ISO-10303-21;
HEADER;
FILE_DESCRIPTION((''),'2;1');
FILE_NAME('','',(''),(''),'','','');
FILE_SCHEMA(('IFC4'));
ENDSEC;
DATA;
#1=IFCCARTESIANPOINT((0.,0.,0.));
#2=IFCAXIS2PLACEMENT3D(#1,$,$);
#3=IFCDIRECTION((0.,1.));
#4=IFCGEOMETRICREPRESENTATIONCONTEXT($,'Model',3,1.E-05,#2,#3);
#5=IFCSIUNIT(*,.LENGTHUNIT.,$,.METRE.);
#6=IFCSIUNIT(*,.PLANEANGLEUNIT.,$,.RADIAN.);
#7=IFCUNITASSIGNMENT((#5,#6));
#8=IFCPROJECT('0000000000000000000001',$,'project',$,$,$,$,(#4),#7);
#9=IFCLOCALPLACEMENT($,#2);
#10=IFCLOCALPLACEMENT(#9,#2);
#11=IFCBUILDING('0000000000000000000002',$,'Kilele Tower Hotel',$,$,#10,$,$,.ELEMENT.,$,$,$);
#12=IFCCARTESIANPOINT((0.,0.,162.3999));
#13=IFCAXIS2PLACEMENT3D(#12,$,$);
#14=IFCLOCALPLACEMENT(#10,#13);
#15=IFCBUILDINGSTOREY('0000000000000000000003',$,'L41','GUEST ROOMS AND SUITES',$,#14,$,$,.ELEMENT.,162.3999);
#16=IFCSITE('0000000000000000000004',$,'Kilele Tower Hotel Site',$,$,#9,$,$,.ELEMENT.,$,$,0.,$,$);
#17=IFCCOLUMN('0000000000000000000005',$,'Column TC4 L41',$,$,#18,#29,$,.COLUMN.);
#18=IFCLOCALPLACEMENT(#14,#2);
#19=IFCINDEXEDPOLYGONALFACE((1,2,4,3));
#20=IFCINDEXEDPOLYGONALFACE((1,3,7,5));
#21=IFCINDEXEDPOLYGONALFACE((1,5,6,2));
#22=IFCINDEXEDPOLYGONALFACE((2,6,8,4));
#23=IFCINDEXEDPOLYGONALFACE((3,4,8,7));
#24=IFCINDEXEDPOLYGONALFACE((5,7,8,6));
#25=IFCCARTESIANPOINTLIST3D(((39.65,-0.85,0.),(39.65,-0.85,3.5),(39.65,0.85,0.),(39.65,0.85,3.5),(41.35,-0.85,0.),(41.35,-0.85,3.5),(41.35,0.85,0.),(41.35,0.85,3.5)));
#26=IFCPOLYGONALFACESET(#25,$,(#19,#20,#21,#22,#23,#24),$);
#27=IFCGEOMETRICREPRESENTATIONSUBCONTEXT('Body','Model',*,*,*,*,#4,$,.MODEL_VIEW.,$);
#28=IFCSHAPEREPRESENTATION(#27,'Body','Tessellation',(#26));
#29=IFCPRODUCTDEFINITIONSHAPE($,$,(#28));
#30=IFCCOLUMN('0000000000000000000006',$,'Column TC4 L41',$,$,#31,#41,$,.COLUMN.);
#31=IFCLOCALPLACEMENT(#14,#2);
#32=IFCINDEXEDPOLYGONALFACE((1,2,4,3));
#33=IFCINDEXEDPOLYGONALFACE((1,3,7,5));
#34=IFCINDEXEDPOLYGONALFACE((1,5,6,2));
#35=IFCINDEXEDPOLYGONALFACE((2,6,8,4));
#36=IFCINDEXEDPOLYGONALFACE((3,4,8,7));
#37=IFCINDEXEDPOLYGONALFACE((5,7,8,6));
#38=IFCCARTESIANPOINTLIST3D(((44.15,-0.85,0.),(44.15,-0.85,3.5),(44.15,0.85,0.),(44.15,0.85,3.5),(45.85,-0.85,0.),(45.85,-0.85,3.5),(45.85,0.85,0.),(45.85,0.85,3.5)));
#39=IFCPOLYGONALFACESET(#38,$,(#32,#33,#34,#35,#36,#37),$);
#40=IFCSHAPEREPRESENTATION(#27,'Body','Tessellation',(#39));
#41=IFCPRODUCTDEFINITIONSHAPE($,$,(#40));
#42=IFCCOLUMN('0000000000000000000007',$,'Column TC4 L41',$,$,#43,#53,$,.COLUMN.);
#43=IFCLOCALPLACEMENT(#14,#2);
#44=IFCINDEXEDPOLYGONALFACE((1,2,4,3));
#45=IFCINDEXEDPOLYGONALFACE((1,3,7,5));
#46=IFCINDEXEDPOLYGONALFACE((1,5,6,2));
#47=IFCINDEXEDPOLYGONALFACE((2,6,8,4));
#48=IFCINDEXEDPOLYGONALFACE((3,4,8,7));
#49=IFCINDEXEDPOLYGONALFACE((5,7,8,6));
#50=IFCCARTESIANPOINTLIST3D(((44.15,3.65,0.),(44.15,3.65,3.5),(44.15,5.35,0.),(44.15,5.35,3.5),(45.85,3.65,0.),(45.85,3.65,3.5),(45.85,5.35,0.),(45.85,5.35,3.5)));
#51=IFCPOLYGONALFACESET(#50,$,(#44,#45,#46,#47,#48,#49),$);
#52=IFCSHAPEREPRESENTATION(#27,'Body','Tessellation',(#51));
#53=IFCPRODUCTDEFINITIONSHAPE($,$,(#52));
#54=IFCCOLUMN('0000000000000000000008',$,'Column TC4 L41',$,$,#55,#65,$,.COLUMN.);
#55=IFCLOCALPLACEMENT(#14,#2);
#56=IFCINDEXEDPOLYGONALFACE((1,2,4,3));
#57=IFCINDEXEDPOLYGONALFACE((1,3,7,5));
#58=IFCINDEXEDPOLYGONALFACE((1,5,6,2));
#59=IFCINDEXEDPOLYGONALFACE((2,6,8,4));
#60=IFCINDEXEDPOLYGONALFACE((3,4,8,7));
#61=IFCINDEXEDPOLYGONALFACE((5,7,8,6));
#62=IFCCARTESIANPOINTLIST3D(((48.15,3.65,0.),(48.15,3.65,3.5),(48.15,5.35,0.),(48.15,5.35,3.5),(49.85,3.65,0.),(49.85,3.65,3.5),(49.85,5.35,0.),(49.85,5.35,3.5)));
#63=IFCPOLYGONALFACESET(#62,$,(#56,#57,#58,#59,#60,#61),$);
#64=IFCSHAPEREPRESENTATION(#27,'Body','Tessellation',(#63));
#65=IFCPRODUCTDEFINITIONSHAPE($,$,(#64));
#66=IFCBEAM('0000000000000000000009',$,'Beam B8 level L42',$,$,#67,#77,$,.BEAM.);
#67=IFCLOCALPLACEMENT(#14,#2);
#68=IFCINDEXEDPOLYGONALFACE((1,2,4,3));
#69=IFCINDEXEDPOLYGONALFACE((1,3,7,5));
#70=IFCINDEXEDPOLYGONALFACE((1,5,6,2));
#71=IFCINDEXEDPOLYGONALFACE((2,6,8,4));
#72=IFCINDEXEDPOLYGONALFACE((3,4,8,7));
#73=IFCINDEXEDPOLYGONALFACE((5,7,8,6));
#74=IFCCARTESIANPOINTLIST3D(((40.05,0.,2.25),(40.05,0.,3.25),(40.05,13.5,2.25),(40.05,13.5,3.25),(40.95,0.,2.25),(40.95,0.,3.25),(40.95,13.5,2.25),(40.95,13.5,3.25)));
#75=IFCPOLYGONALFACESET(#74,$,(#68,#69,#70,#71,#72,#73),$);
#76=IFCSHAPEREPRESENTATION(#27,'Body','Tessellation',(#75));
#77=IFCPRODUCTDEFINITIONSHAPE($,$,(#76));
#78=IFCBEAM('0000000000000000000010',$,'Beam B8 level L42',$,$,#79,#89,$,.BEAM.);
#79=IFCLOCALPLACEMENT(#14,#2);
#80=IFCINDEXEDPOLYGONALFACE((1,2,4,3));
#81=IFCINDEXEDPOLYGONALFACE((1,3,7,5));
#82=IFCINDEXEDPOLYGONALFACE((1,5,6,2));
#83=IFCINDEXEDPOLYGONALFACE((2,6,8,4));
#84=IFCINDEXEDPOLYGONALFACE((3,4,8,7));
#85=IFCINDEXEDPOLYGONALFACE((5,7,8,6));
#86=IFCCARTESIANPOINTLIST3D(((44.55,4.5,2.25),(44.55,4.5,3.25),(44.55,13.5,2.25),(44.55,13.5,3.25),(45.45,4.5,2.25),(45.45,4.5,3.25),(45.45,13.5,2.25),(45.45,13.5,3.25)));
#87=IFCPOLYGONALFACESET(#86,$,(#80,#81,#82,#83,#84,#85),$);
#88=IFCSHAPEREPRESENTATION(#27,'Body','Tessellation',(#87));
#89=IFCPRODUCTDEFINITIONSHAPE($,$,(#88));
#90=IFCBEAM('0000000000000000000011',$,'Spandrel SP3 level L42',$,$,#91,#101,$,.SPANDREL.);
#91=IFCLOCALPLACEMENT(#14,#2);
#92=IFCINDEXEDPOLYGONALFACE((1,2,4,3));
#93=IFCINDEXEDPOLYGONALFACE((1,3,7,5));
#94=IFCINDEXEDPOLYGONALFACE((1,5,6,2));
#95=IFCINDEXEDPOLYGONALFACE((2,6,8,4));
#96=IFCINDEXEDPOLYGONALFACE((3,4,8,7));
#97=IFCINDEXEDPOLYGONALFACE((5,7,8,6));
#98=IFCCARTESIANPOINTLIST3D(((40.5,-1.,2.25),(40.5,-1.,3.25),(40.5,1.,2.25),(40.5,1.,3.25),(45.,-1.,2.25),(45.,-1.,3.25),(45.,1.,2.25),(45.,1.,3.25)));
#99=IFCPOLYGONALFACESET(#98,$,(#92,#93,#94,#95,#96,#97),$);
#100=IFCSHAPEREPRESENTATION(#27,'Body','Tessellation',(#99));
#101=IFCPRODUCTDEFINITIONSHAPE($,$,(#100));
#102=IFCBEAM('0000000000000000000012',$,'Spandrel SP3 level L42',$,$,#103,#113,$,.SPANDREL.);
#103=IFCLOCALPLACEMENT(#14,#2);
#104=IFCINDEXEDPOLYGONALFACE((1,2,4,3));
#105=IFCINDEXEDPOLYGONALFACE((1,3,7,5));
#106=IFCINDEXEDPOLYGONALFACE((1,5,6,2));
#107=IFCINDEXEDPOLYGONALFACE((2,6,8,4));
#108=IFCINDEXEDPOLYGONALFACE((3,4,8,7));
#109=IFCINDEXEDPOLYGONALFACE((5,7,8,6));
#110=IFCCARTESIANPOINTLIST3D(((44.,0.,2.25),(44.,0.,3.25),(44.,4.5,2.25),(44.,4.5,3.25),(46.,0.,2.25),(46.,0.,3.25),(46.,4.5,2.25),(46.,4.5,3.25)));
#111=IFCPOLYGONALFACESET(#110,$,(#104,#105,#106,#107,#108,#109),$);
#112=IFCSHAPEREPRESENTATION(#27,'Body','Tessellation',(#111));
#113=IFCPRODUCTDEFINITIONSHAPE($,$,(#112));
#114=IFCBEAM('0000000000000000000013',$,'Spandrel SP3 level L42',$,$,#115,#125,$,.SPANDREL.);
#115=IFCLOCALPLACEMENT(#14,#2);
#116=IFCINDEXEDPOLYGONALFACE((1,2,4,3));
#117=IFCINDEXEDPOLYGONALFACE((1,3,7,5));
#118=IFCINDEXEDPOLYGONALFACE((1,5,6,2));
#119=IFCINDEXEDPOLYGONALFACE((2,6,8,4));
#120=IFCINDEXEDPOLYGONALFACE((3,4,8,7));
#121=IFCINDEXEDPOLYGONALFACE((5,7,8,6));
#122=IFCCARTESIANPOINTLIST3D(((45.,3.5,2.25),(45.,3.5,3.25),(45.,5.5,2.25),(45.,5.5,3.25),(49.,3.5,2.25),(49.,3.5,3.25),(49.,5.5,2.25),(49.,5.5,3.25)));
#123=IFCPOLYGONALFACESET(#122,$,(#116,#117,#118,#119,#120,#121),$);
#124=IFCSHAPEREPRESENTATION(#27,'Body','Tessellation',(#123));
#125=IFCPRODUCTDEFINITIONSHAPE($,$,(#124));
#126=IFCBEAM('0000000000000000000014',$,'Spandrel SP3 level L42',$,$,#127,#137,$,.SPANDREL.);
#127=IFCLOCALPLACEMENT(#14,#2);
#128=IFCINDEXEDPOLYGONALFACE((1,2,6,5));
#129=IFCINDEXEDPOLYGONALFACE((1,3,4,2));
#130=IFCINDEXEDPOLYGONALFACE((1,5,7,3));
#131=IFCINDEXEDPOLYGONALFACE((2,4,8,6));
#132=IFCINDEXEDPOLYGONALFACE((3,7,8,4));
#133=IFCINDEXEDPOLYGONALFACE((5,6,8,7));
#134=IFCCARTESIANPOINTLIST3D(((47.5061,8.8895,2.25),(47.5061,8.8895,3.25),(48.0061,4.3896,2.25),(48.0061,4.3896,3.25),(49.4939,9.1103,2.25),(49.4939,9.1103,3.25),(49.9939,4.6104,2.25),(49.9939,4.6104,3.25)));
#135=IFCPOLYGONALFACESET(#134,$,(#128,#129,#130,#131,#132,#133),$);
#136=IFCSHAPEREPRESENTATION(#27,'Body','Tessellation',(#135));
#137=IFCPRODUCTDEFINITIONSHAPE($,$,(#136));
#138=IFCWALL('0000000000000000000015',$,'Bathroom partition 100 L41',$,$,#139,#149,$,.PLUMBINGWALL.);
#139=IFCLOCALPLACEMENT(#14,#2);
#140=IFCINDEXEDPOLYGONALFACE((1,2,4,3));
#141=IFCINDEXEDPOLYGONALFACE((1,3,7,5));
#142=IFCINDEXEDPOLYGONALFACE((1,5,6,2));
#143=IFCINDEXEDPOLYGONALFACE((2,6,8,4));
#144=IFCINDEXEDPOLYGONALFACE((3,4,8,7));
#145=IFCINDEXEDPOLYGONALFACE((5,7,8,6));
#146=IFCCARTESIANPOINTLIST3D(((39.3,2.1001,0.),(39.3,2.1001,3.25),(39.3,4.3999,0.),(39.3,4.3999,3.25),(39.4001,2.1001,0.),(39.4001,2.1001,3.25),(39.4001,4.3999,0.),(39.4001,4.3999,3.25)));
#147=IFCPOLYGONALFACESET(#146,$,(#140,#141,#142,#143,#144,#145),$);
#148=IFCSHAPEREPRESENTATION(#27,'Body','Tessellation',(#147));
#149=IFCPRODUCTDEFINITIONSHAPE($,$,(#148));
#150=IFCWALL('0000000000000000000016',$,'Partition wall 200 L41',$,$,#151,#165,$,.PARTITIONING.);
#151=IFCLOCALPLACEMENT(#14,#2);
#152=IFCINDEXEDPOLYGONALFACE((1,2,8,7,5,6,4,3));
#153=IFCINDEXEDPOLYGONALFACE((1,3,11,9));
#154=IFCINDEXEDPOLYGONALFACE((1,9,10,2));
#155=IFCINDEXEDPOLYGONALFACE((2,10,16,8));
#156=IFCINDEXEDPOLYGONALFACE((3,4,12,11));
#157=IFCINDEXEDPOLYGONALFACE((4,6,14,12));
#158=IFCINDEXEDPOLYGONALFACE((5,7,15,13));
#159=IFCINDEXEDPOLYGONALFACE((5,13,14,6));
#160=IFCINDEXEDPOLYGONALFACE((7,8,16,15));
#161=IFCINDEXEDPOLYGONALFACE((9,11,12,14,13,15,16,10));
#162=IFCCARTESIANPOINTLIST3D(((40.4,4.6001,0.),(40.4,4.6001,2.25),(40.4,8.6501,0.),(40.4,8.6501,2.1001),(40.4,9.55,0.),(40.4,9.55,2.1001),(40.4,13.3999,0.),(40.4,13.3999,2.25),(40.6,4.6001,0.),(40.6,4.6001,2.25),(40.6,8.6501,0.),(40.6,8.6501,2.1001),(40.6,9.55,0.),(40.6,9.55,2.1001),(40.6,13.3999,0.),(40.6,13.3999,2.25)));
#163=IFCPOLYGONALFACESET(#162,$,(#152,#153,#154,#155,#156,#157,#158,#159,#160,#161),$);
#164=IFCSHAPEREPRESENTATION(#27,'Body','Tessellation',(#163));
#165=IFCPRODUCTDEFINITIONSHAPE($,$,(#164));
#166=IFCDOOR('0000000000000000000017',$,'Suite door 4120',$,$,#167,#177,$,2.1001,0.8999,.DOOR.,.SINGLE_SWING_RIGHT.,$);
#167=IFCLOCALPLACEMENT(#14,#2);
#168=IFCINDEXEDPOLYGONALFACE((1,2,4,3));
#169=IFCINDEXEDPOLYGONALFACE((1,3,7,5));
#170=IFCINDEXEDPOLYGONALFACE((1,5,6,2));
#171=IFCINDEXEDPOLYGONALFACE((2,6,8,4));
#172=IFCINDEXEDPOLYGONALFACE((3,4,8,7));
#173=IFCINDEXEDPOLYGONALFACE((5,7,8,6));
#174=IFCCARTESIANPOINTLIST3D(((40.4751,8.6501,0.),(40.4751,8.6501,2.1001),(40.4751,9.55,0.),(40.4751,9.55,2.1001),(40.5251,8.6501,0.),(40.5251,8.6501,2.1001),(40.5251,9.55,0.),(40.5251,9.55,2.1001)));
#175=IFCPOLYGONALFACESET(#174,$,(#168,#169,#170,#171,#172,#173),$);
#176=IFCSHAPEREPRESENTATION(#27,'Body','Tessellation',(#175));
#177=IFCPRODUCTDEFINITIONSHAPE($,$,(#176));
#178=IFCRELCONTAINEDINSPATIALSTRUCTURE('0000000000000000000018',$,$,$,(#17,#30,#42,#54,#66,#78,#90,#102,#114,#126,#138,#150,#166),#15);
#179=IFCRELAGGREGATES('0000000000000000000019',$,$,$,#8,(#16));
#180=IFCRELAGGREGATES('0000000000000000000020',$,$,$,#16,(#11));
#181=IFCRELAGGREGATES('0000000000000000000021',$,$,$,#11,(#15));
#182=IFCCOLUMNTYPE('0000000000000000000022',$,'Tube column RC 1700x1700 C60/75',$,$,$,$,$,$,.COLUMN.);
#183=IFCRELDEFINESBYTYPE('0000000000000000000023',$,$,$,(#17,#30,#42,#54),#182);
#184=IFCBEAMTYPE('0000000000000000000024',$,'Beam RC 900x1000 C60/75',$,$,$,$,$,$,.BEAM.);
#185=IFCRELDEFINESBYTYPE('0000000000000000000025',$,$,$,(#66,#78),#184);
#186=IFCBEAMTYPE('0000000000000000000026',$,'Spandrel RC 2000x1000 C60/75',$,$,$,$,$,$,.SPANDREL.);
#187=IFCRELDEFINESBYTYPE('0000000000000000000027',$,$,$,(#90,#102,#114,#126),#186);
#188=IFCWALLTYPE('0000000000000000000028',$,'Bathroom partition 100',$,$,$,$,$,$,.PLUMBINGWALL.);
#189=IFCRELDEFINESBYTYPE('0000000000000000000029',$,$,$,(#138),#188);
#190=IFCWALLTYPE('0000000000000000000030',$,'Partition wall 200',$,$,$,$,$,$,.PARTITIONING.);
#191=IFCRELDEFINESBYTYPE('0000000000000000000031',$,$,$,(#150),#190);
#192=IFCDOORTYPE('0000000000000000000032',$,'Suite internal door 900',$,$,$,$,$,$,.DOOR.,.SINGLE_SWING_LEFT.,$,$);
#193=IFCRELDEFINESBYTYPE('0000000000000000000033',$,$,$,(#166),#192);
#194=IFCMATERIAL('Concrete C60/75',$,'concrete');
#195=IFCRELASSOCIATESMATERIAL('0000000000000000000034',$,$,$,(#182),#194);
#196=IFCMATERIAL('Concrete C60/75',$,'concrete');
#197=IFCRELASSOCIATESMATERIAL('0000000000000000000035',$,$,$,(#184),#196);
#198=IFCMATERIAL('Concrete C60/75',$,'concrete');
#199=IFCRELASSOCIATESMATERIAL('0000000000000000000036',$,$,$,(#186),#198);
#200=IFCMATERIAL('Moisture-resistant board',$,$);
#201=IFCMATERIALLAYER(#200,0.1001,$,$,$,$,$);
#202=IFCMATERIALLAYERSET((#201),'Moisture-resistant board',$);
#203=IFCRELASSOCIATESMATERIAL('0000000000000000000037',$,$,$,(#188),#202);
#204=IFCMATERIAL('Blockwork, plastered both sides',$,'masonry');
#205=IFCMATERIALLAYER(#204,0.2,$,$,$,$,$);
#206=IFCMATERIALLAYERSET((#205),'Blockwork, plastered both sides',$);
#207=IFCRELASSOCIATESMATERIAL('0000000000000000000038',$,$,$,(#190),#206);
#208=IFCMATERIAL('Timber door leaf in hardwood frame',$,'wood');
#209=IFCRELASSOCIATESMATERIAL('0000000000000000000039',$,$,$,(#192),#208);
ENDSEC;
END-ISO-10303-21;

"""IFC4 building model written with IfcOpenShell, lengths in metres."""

from ifc_helpers import new_model, si_unit, direction, frame, frame_2d, origin, origin_2d, place, context, subcontext, project, spatial, rectangle, extrude, material, layer, layer_set, material_profile, profile_set, type_object, element, fill, save


model = new_model("IFC4")

# Units and contexts
model_context = context("Model", 3, precision=1e-05, world=origin(), true_north=direction((0.0, 1.0)))
body_context = subcontext(model_context, "Body", "Model", "MODEL_VIEW")
ifc_project = project(units=[si_unit("LENGTHUNIT", "METRE"), si_unit("PLANEANGLEUNIT", "RADIAN")], contexts=[model_context])

# Site, building, storey
site_placement = place(None, origin())
site = spatial("IfcSite", under=ifc_project, at=site_placement, Name="Kilele Tower Hotel Site", CompositionType="ELEMENT", RefElevation=0.0)
building_placement = place(site_placement, origin())
building = spatial("IfcBuilding", under=site, at=building_placement, Name="Kilele Tower Hotel", CompositionType="ELEMENT")
storey_placement = place(building_placement, frame((0.0, 0.0, 162.3999)))
storey = spatial("IfcBuildingStorey", under=building, at=storey_placement, Name="L41", Description="GUEST ROOMS AND SUITES", CompositionType="ELEMENT", Elevation=162.3999)

# Columns
ifc_material_1 = material(Name="Concrete C60/75", Category="concrete")
ifc_material_profile_1 = material_profile(ifc_material_1, rectangle(XDim=1.7, YDim=1.7, at=origin_2d()))
ifc_profile_set_1 = profile_set([ifc_material_profile_1], Name="Concrete C60/75")
column_type = type_object("IfcColumnType", Name="Tube column RC 1700x1700 C60/75", PredefinedType="COLUMN", material=ifc_profile_set_1)
for number, where, z_axis, x_axis, name in (
    (1, (40.5, 0.0, 0.0), (0.0, 0.0, 1.0), (1.0, 0.0, 0.0), "Column TC4 L41"),
    (2, (45.0, 0.0, 0.0), (0.0, 0.0, 1.0), (1.0, 0.0, 0.0), "Column TC4 L41"),
    (3, (45.0, 4.5, 0.0), (0.0, 0.0, 1.0), (1.0, 0.0, 0.0), "Column TC4 L41"),
    (4, (49.0, 4.5, 0.0), (0.0, 0.0, 1.0), (1.0, 0.0, 0.0), "Column TC4 L41"),
):
    element("IfcColumn", number, at=place(storey_placement, frame(where, z_axis=z_axis, x_axis=x_axis)), inside=storey, type_object=column_type, Name=name, PredefinedType="COLUMN", context=body_context, shape_type="SweptSolid", body=[
        extrude(rectangle(XDim=1.7, YDim=1.7, at=origin_2d()), origin(), (0.0, 0.0, 1.0), 3.5),
    ])

# Beams
ifc_material_2 = material(Name="Concrete C60/75", Category="concrete")
ifc_material_profile_2 = material_profile(ifc_material_2, rectangle(XDim=0.8999, YDim=1.0, at=origin_2d()))
ifc_profile_set_2 = profile_set([ifc_material_profile_2], Name="Concrete C60/75")
beam_type_1 = type_object("IfcBeamType", Name="Beam RC 900x1000 C60/75", PredefinedType="BEAM", material=ifc_profile_set_2)
beam_1_placement = place(storey_placement, frame((40.5, 0.0, 2.75), z_axis=(0.0, 1.0, 0.0), x_axis=(-1.0, 0.0, 0.0)))
element("IfcBeam", 5, at=beam_1_placement, inside=storey, type_object=beam_type_1, Name="Beam B8 level L42", PredefinedType="BEAM", context=body_context, shape_type="SweptSolid", body=[
    extrude(rectangle(XDim=0.8999, YDim=1.0, at=origin_2d()), origin(), (0.0, 0.0, 1.0), 13.5),
])
beam_2_placement = place(storey_placement, frame((45.0, 4.5, 2.75), z_axis=(0.0, 1.0, 0.0), x_axis=(-1.0, 0.0, 0.0)))
element("IfcBeam", 6, at=beam_2_placement, inside=storey, type_object=beam_type_1, Name="Beam B8 level L42", PredefinedType="BEAM", context=body_context, shape_type="SweptSolid", body=[
    extrude(rectangle(XDim=0.8999, YDim=1.0, at=origin_2d()), origin(), (0.0, 0.0, 1.0), 9.0),
])
ifc_material_3 = material(Name="Concrete C60/75", Category="concrete")
ifc_material_profile_3 = material_profile(ifc_material_3, rectangle(XDim=2.0, YDim=1.0, at=origin_2d()))
ifc_profile_set_3 = profile_set([ifc_material_profile_3], Name="Concrete C60/75")
beam_type_2 = type_object("IfcBeamType", Name="Spandrel RC 2000x1000 C60/75", PredefinedType="SPANDREL", material=ifc_profile_set_3)
for number, where, z_axis, x_axis, name in (
    (7, (40.5, 0.0, 2.75), (1.0, 0.0, 0.0), (0.0, 1.0, 0.0), "Spandrel SP3 level L42"),
    (8, (45.0, 0.0, 2.75), (0.0, 1.0, 0.0), (-1.0, 0.0, 0.0), "Spandrel SP3 level L42"),
):
    element("IfcBeam", number, at=place(storey_placement, frame(where, z_axis=z_axis, x_axis=x_axis)), inside=storey, type_object=beam_type_2, Name=name, PredefinedType="SPANDREL", context=body_context, shape_type="SweptSolid", body=[
        extrude(rectangle(XDim=2.0, YDim=1.0, at=origin_2d()), origin(), (0.0, 0.0, 1.0), 4.5),
    ])
beam_3_placement = place(storey_placement, frame((45.0, 4.5, 2.75), z_axis=(1.0, 0.0, 0.0), x_axis=(0.0, 1.0, 0.0)))
element("IfcBeam", 9, at=beam_3_placement, inside=storey, type_object=beam_type_2, Name="Spandrel SP3 level L42", PredefinedType="SPANDREL", context=body_context, shape_type="SweptSolid", body=[
    extrude(rectangle(XDim=2.0, YDim=1.0, at=origin_2d()), origin(), (0.0, 0.0, 1.0), 4.0),
])
beam_4_placement = place(storey_placement, frame((49.0, 4.5, 2.75), z_axis=(-0.110432, 0.993884, 0.0), x_axis=(-0.993884, -0.110432, 0.0)))
element("IfcBeam", 10, at=beam_4_placement, inside=storey, type_object=beam_type_2, Name="Spandrel SP3 level L42", PredefinedType="SPANDREL", context=body_context, shape_type="SweptSolid", body=[
    extrude(rectangle(XDim=2.0, YDim=1.0, at=origin_2d()), origin(), (0.0, 0.0, 1.0), 4.5276),
])

# Wall
ifc_material_4 = material(Name="Moisture-resistant board")
ifc_layer_1 = layer(ifc_material_4, 0.1001)
ifc_layer_set_1 = layer_set([ifc_layer_1], Name="Moisture-resistant board")
wall_type_1 = type_object("IfcWallType", Name="Bathroom partition 100", PredefinedType="PLUMBINGWALL", material=ifc_layer_set_1)
wall_1_placement = place(storey_placement, frame((39.3501, 4.3999, 0.0), z_axis=(0.0, 0.0, 1.0), x_axis=(0.0, -1.0, 0.0)))
element("IfcWall", 11, at=wall_1_placement, inside=storey, type_object=wall_type_1, Name="Bathroom partition 100 L41", PredefinedType="PLUMBINGWALL", context=body_context, shape_type="SweptSolid", body=[
    extrude(rectangle(XDim=2.2998, YDim=0.1001, at=frame_2d((1.1499, 0.0))), origin(), (0.0, 0.0, 1.0), 3.25),
])

# Wall, opening, door
ifc_material_5 = material(Name="Blockwork, plastered both sides", Category="masonry")
ifc_layer_2 = layer(ifc_material_5, 0.2)
ifc_layer_set_2 = layer_set([ifc_layer_2], Name="Blockwork, plastered both sides")
wall_type_2 = type_object("IfcWallType", Name="Partition wall 200", PredefinedType="PARTITIONING", material=ifc_layer_set_2)
wall_2_placement = place(storey_placement, frame((40.5, 4.6001, 0.0), z_axis=(0.0, 0.0, 1.0), x_axis=(0.0, 1.0, 0.0)))
wall_2 = element("IfcWall", 12, at=wall_2_placement, inside=storey, type_object=wall_type_2, Name="Partition wall 200 L41", PredefinedType="PARTITIONING", context=body_context, shape_type="SweptSolid", body=[
    extrude(rectangle(XDim=8.7998, YDim=0.2, at=frame_2d((4.3999, 0.0))), origin(), (0.0, 0.0, 1.0), 2.25),
])
opening_1_placement = place(wall_2_placement, frame((4.05, 0.0, 0.0)))
opening_1 = element("IfcOpeningElement", 13, at=opening_1_placement, cuts=wall_2, PredefinedType="OPENING", context=body_context, shape_type="SweptSolid", body=[
    extrude(rectangle(XDim=0.8999, YDim=2.1001, at=frame_2d((0.45, 1.05))), frame((0.0, 0.1099, 0.0), z_axis=(0.0, -1.0, 0.0), x_axis=(1.0, 0.0, 0.0)), (0.0, 0.0, 1.0), 0.22),
])
ifc_material_6 = material(Name="Timber door leaf in hardwood frame", Category="wood")
door_type = type_object("IfcDoorType", Name="Suite internal door 900", OperationType="SINGLE_SWING_LEFT", PredefinedType="DOOR", material=ifc_material_6)
door_placement = place(opening_1_placement, origin())
door = element("IfcDoor", 14, at=door_placement, inside=storey, type_object=door_type, Name="Suite door 4120", OperationType="SINGLE_SWING_RIGHT", OverallHeight=2.1001, OverallWidth=0.8999, PredefinedType="DOOR", context=body_context, shape_type="SweptSolid", body=[
    extrude(rectangle(XDim=0.8999, YDim=2.1001, at=frame_2d((0.45, 1.05))), frame((0.0, 0.0249, 0.0), z_axis=(0.0, -1.0, 0.0), x_axis=(1.0, 0.0, 0.0)), (0.0, 0.0, 1.0), 0.05),
])
fill(opening_1, door)

save(model, "model.ifc")
